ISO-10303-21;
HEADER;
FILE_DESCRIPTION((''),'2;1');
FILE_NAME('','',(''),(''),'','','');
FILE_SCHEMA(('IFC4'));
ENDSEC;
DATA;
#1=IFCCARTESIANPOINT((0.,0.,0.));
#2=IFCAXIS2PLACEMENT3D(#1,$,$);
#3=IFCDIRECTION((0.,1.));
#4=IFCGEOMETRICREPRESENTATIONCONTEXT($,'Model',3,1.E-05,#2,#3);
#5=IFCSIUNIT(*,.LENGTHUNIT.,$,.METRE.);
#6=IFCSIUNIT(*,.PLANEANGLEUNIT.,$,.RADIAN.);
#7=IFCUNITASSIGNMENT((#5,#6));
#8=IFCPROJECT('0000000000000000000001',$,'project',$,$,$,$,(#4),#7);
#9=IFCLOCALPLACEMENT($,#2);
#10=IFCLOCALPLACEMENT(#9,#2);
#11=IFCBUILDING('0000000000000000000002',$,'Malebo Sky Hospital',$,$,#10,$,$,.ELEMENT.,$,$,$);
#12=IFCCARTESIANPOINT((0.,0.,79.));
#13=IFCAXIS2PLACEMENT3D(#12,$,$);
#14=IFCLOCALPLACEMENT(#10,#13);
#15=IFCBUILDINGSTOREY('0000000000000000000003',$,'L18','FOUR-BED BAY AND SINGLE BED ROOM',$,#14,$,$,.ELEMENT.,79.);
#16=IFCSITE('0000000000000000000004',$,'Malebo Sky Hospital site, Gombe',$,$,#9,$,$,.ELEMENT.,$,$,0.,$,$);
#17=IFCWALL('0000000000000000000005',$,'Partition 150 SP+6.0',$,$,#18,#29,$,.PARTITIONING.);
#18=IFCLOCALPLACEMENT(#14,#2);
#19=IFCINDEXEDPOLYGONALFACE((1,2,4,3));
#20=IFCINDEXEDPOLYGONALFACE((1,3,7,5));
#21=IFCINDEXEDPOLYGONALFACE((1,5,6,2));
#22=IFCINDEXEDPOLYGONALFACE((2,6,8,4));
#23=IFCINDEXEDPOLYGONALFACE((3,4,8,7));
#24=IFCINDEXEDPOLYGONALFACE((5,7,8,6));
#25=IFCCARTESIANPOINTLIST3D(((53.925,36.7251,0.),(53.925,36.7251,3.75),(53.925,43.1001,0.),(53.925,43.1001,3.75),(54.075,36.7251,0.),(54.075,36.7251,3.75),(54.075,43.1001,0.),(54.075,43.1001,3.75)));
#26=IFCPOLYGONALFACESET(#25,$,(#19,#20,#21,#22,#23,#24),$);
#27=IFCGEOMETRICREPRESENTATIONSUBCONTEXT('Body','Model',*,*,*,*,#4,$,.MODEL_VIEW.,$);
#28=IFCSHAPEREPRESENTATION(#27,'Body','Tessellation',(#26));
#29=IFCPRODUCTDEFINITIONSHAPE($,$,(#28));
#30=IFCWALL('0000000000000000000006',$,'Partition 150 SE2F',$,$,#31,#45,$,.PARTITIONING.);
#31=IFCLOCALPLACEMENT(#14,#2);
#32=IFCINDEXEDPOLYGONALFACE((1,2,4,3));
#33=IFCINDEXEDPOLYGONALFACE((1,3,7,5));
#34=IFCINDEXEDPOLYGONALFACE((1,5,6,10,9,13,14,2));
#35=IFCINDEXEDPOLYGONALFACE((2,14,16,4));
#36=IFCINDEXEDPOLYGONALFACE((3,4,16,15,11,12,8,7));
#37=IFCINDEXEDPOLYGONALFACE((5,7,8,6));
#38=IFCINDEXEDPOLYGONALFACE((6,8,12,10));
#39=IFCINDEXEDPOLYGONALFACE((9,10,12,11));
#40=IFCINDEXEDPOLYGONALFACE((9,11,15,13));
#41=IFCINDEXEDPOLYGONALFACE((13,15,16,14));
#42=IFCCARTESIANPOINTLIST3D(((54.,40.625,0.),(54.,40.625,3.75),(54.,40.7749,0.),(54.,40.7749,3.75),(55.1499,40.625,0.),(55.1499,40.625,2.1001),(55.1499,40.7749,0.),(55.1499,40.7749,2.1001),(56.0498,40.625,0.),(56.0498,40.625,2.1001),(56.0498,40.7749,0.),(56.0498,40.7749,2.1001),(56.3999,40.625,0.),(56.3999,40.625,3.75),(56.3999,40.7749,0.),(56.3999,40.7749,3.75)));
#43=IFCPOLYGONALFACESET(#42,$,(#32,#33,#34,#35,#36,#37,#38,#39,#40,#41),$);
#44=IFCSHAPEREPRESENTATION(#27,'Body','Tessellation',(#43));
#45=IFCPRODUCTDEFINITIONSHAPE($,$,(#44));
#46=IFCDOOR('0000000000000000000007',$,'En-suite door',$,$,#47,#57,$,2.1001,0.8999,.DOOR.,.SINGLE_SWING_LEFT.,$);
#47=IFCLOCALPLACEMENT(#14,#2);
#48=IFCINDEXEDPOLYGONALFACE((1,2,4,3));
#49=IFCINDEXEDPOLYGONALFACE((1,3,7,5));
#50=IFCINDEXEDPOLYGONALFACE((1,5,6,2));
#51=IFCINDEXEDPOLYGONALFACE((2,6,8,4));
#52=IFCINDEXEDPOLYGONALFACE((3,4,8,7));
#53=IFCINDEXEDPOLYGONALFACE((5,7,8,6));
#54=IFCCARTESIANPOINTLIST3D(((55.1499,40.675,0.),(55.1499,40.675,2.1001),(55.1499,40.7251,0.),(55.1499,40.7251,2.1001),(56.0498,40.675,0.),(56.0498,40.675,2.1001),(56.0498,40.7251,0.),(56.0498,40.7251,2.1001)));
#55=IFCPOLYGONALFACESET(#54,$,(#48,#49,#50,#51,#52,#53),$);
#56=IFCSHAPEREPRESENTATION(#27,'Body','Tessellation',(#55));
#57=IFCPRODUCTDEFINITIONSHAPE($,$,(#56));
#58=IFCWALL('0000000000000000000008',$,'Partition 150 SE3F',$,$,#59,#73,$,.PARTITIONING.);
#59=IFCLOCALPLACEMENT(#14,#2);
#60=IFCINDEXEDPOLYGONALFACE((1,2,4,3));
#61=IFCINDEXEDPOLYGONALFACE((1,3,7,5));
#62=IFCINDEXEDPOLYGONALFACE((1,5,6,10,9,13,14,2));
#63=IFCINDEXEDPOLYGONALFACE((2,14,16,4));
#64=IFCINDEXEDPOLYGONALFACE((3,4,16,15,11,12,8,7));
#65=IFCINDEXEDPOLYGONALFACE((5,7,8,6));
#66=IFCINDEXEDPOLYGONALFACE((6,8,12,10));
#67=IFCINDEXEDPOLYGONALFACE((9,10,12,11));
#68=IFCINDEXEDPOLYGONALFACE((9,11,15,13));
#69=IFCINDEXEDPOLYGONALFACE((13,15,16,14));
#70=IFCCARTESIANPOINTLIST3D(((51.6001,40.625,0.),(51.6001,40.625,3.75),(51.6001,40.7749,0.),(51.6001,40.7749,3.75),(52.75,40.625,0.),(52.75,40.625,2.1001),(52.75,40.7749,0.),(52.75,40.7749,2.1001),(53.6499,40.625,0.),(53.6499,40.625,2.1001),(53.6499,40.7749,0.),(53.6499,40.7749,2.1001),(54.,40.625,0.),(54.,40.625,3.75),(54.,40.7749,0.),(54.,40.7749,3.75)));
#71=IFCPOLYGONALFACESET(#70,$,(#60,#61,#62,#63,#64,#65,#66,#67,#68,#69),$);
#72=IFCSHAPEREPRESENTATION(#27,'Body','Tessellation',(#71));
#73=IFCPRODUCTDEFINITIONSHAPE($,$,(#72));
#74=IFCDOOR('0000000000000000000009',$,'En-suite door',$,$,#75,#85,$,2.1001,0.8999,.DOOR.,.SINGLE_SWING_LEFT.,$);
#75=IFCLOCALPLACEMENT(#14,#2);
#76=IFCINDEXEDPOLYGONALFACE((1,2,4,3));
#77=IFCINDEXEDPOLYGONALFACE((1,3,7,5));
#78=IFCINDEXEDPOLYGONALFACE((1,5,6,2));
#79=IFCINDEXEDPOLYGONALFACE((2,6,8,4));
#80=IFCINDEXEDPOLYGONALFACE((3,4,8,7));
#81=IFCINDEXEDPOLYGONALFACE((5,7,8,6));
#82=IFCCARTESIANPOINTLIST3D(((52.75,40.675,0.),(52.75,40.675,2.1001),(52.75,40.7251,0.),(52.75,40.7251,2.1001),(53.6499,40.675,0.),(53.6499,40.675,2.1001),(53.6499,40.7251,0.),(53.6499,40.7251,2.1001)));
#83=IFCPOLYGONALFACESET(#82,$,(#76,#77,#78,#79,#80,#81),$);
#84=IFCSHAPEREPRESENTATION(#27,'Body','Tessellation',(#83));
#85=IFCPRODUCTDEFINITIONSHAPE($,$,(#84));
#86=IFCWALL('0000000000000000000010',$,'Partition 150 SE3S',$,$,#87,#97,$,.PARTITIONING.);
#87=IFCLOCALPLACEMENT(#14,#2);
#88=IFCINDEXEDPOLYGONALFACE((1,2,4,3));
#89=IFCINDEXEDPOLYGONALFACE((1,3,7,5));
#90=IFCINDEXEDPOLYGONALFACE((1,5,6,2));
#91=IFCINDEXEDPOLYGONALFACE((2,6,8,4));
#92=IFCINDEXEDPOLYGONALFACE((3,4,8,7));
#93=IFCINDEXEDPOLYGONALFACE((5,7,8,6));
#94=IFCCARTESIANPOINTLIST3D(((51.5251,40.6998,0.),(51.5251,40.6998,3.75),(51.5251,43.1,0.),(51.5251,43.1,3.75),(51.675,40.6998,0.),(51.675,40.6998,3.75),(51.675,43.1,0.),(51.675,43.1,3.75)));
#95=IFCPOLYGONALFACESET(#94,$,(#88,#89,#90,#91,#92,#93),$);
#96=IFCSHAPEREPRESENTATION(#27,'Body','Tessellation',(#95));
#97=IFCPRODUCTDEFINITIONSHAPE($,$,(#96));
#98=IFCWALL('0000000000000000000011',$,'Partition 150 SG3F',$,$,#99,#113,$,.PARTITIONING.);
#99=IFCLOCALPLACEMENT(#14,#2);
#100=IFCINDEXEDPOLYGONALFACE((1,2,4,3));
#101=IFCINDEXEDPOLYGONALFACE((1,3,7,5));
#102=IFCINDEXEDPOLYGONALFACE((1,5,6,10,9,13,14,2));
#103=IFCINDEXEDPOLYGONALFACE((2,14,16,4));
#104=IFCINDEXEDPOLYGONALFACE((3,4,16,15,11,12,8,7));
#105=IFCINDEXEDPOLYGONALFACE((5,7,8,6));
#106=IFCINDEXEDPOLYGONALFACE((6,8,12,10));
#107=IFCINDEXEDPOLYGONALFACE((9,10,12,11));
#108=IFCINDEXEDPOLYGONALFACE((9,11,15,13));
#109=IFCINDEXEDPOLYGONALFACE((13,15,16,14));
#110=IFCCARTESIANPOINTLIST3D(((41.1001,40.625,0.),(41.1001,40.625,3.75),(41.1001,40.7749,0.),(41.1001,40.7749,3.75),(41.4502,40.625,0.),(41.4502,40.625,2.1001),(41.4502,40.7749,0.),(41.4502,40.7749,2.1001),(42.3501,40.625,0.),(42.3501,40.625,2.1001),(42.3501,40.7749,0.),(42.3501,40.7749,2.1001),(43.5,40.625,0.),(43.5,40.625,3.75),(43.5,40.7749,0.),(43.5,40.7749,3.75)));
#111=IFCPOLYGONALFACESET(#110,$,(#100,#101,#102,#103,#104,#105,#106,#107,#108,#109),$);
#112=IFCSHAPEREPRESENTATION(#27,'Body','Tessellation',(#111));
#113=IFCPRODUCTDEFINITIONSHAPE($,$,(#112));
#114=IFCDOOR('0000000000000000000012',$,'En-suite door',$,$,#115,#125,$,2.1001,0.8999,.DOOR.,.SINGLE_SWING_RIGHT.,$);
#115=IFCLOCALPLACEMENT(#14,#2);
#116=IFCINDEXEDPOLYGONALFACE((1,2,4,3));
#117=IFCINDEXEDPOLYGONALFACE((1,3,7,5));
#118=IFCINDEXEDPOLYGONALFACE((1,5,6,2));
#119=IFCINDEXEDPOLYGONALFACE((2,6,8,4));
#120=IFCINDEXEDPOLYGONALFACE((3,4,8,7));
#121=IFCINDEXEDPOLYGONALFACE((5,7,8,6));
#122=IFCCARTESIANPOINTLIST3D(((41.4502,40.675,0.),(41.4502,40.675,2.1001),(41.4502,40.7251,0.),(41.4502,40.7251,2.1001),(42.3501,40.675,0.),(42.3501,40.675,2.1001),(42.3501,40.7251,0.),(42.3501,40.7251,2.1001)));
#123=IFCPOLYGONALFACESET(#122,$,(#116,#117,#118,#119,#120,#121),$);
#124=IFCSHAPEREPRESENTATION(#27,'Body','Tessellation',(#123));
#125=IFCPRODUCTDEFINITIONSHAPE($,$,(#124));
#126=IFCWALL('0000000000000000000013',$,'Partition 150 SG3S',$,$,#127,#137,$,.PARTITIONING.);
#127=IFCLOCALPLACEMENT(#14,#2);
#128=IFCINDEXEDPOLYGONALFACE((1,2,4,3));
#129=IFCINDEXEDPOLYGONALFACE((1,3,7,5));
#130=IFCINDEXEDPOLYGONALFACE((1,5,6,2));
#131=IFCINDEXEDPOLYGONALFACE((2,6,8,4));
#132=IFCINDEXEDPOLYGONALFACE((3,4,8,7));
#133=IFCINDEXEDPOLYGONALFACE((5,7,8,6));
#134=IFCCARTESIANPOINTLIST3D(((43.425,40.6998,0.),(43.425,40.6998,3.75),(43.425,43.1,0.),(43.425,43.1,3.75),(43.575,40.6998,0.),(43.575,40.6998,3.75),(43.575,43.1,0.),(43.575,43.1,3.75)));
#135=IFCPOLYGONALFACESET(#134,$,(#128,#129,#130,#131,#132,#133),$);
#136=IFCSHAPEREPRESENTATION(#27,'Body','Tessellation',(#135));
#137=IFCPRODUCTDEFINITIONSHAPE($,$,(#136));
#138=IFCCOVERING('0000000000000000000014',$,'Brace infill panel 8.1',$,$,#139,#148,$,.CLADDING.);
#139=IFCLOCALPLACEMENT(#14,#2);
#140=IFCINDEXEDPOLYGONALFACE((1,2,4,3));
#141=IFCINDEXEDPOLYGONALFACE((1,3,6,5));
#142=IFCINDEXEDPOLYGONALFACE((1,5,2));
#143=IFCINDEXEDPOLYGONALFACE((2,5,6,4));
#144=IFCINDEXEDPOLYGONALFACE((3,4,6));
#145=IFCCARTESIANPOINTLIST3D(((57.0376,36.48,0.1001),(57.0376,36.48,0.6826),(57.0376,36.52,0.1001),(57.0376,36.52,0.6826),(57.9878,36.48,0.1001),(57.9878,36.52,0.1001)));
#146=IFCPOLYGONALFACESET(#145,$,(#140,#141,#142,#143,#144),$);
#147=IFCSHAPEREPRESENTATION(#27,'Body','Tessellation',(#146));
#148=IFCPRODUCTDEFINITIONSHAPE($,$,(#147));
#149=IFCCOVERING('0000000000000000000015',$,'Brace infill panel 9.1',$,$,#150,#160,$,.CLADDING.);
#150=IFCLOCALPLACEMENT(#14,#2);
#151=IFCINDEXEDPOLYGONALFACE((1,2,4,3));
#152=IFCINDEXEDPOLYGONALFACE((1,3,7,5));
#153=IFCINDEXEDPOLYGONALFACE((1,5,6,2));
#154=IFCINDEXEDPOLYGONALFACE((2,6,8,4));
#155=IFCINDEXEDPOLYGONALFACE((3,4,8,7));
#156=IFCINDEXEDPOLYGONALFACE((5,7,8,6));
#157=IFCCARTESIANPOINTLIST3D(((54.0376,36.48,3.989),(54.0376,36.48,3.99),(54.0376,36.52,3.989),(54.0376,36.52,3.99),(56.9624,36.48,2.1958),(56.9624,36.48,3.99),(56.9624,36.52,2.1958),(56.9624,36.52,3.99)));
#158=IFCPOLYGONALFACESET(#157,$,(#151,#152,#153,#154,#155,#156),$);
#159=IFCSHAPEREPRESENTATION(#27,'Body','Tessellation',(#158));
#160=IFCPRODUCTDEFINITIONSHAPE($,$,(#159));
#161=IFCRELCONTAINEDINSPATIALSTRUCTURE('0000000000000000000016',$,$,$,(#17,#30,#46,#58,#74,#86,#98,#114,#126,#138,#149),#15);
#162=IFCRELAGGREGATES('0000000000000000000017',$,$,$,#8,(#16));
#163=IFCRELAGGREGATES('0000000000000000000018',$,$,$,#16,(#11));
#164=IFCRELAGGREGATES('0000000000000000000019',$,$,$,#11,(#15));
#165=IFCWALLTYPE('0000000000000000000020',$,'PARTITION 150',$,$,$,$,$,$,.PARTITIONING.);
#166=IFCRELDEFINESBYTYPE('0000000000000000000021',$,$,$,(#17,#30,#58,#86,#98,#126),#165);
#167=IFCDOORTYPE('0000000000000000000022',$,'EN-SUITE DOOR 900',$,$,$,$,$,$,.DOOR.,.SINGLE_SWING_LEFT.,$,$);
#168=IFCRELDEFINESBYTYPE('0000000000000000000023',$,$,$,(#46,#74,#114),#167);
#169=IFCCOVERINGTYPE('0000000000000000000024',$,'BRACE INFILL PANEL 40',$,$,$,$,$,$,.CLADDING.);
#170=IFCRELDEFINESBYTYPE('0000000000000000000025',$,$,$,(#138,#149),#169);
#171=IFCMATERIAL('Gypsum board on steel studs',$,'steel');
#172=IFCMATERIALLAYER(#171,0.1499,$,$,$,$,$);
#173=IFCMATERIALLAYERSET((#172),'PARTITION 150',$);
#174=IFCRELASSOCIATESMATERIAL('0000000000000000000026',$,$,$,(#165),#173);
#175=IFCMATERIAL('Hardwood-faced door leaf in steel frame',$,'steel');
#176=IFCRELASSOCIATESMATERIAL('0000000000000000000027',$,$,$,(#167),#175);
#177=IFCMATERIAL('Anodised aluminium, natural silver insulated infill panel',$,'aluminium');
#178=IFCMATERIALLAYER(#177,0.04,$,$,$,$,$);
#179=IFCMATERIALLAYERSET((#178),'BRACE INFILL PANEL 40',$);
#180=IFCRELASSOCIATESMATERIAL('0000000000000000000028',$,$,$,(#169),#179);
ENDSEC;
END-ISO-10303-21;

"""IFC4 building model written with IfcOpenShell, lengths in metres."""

from ifc_helpers import new_model, si_unit, direction, frame, frame_2d, origin, place, context, subcontext, project, spatial, polyline, rectangle, outline, extrude, material, layer, layer_set, type_object, element, fill, save


model = new_model("IFC4")

# Units and contexts
model_context = context("Model", 3, precision=1e-05, world=origin(), true_north=direction((0.0, 1.0)))
body_context = subcontext(model_context, "Body", "Model", "MODEL_VIEW")
ifc_project = project(units=[si_unit("LENGTHUNIT", "METRE"), si_unit("PLANEANGLEUNIT", "RADIAN")], contexts=[model_context])

# Site, building, storey
site_placement = place(None, origin())
site = spatial("IfcSite", under=ifc_project, at=site_placement, Name="Malebo Sky Hospital site, Gombe", CompositionType="ELEMENT", RefElevation=0.0)
building_placement = place(site_placement, origin())
building = spatial("IfcBuilding", under=site, at=building_placement, Name="Malebo Sky Hospital", CompositionType="ELEMENT")
storey_placement = place(building_placement, frame((0.0, 0.0, 79.0)))
storey = spatial("IfcBuildingStorey", under=building, at=storey_placement, Name="L18", Description="FOUR-BED BAY AND SINGLE BED ROOM", CompositionType="ELEMENT", Elevation=79.0)

# Wall
ifc_material_1 = material(Name="Gypsum board on steel studs", Category="steel")
ifc_layer_1 = layer(ifc_material_1, 0.1499)
ifc_layer_set_1 = layer_set([ifc_layer_1], Name="PARTITION 150")
wall_type = type_object("IfcWallType", Name="PARTITION 150", PredefinedType="PARTITIONING", material=ifc_layer_set_1)
wall_1_placement = place(storey_placement, frame((54.0, 43.1001, 0.0), z_axis=(0.0, 0.0, 1.0), x_axis=(0.0, -1.0, 0.0)))
element("IfcWall", 1, at=wall_1_placement, inside=storey, type_object=wall_type, Name="Partition 150 SP+6.0", PredefinedType="PARTITIONING", context=body_context, shape_type="SweptSolid", body=[
    extrude(rectangle(XDim=6.375, YDim=0.1499, at=frame_2d((3.1875, 0.0))), origin(), (0.0, 0.0, 1.0), 3.75),
])

# Walls, openings, doors
wall_2_placement = place(storey_placement, frame((56.3999, 40.7, 0.0), z_axis=(0.0, 0.0, 1.0), x_axis=(-1.0, 0.0, 0.0)))
wall_2 = element("IfcWall", 2, at=wall_2_placement, inside=storey, type_object=wall_type, Name="Partition 150 SE2F", PredefinedType="PARTITIONING", context=body_context, shape_type="SweptSolid", body=[
    extrude(rectangle(XDim=2.3999, YDim=0.1499, at=frame_2d((1.2, 0.0))), origin(), (0.0, 0.0, 1.0), 3.75),
])
opening_1_placement = place(wall_2_placement, frame((0.3501, 0.0, 0.0)))
opening_1 = element("IfcOpeningElement", 3, at=opening_1_placement, cuts=wall_2, PredefinedType="OPENING", context=body_context, shape_type="SweptSolid", body=[
    extrude(rectangle(XDim=0.8999, YDim=2.1001, at=frame_2d((0.45, 1.05))), frame((0.0, 0.085, 0.0), z_axis=(0.0, -1.0, 0.0), x_axis=(1.0, 0.0, 0.0)), (0.0, 0.0, 1.0), 0.1699),
])
ifc_material_2 = material(Name="Hardwood-faced door leaf in steel frame", Category="steel")
door_type = type_object("IfcDoorType", Name="EN-SUITE DOOR 900", OperationType="SINGLE_SWING_LEFT", PredefinedType="DOOR", material=ifc_material_2)
door_1_placement = place(opening_1_placement, origin())
door_1 = element("IfcDoor", 4, at=door_1_placement, inside=storey, type_object=door_type, Name="En-suite door", OperationType="SINGLE_SWING_LEFT", OverallHeight=2.1001, OverallWidth=0.8999, PredefinedType="DOOR", context=body_context, shape_type="SweptSolid", body=[
    extrude(rectangle(XDim=0.8999, YDim=2.1001, at=frame_2d((0.45, 1.05))), frame((0.0, 0.0249, 0.0), z_axis=(0.0, -1.0, 0.0), x_axis=(1.0, 0.0, 0.0)), (0.0, 0.0, 1.0), 0.05),
])
fill(opening_1, door_1)
wall_3_placement = place(storey_placement, frame((54.0, 40.7, 0.0), z_axis=(0.0, 0.0, 1.0), x_axis=(-1.0, 0.0, 0.0)))
wall_3 = element("IfcWall", 5, at=wall_3_placement, inside=storey, type_object=wall_type, Name="Partition 150 SE3F", PredefinedType="PARTITIONING", context=body_context, shape_type="SweptSolid", body=[
    extrude(rectangle(XDim=2.3999, YDim=0.1499, at=frame_2d((1.2, 0.0))), origin(), (0.0, 0.0, 1.0), 3.75),
])
opening_2_placement = place(wall_3_placement, frame((0.3501, 0.0, 0.0)))
opening_2 = element("IfcOpeningElement", 6, at=opening_2_placement, cuts=wall_3, PredefinedType="OPENING", context=body_context, shape_type="SweptSolid", body=[
    extrude(rectangle(XDim=0.8999, YDim=2.1001, at=frame_2d((0.45, 1.05))), frame((0.0, 0.085, 0.0), z_axis=(0.0, -1.0, 0.0), x_axis=(1.0, 0.0, 0.0)), (0.0, 0.0, 1.0), 0.1699),
])
door_2_placement = place(opening_2_placement, origin())
door_2 = element("IfcDoor", 7, at=door_2_placement, inside=storey, type_object=door_type, Name="En-suite door", OperationType="SINGLE_SWING_LEFT", OverallHeight=2.1001, OverallWidth=0.8999, PredefinedType="DOOR", context=body_context, shape_type="SweptSolid", body=[
    extrude(rectangle(XDim=0.8999, YDim=2.1001, at=frame_2d((0.45, 1.05))), frame((0.0, 0.0249, 0.0), z_axis=(0.0, -1.0, 0.0), x_axis=(1.0, 0.0, 0.0)), (0.0, 0.0, 1.0), 0.05),
])
fill(opening_2, door_2)

# Wall
wall_4_placement = place(storey_placement, frame((51.6001, 43.1001, 0.0), z_axis=(0.0, 0.0, 1.0), x_axis=(0.0, -1.0, 0.0)))
element("IfcWall", 8, at=wall_4_placement, inside=storey, type_object=wall_type, Name="Partition 150 SE3S", PredefinedType="PARTITIONING", context=body_context, shape_type="SweptSolid", body=[
    extrude(rectangle(XDim=2.4001, YDim=0.1499, at=frame_2d((1.2002, 0.0))), origin(), (0.0, 0.0, 1.0), 3.75),
])

# Wall, opening, door
wall_5_placement = place(storey_placement, frame((43.5, 40.7, 0.0), z_axis=(0.0, 0.0, 1.0), x_axis=(-1.0, 0.0, 0.0)))
wall_5 = element("IfcWall", 9, at=wall_5_placement, inside=storey, type_object=wall_type, Name="Partition 150 SG3F", PredefinedType="PARTITIONING", context=body_context, shape_type="SweptSolid", body=[
    extrude(rectangle(XDim=2.3999, YDim=0.1499, at=frame_2d((1.2, 0.0))), origin(), (0.0, 0.0, 1.0), 3.75),
])
opening_3_placement = place(wall_5_placement, frame((1.1499, 0.0, 0.0)))
opening_3 = element("IfcOpeningElement", 10, at=opening_3_placement, cuts=wall_5, PredefinedType="OPENING", context=body_context, shape_type="SweptSolid", body=[
    extrude(rectangle(XDim=0.8999, YDim=2.1001, at=frame_2d((0.45, 1.05))), frame((0.0, 0.085, 0.0), z_axis=(0.0, -1.0, 0.0), x_axis=(1.0, 0.0, 0.0)), (0.0, 0.0, 1.0), 0.1699),
])
door_3_placement = place(opening_3_placement, origin())
door_3 = element("IfcDoor", 11, at=door_3_placement, inside=storey, type_object=door_type, Name="En-suite door", OperationType="SINGLE_SWING_RIGHT", OverallHeight=2.1001, OverallWidth=0.8999, PredefinedType="DOOR", context=body_context, shape_type="SweptSolid", body=[
    extrude(rectangle(XDim=0.8999, YDim=2.1001, at=frame_2d((0.45, 1.05))), frame((0.0, 0.0249, 0.0), z_axis=(0.0, -1.0, 0.0), x_axis=(1.0, 0.0, 0.0)), (0.0, 0.0, 1.0), 0.05),
])
fill(opening_3, door_3)

# Wall
wall_6_placement = place(storey_placement, frame((43.5, 43.1001, 0.0), z_axis=(0.0, 0.0, 1.0), x_axis=(0.0, -1.0, 0.0)))
element("IfcWall", 12, at=wall_6_placement, inside=storey, type_object=wall_type, Name="Partition 150 SG3S", PredefinedType="PARTITIONING", context=body_context, shape_type="SweptSolid", body=[
    extrude(rectangle(XDim=2.4001, YDim=0.1499, at=frame_2d((1.2002, 0.0))), origin(), (0.0, 0.0, 1.0), 3.75),
])

# Coverings
ifc_material_3 = material(Name="Anodised aluminium, natural silver insulated infill panel", Category="aluminium")
ifc_layer_2 = layer(ifc_material_3, 0.04)
ifc_layer_set_2 = layer_set([ifc_layer_2], Name="BRACE INFILL PANEL 40")
covering_type = type_object("IfcCoveringType", Name="BRACE INFILL PANEL 40", PredefinedType="CLADDING", material=ifc_layer_set_2)
covering_1_placement = place(storey_placement, frame((57.5127, 36.5, 0.1001), z_axis=(0.0, 0.0, 1.0), x_axis=(-1.0, 0.0, 0.0)))
element("IfcCovering", 13, at=covering_1_placement, inside=storey, type_object=covering_type, Name="Brace infill panel 8.1", PredefinedType="CLADDING", context=body_context, shape_type="SweptSolid", body=[
    extrude(outline(polyline([(-0.4751, 0.0), (0.4751, 0.0), (0.4751, 0.5825), (-0.4751, 0.0)])), frame((0.0, 0.02, 0.0), z_axis=(0.0, -1.0, 0.0), x_axis=(1.0, 0.0, 0.0)), (0.0, 0.0, 1.0), 0.04),
])
covering_2_placement = place(storey_placement, frame((55.5, 36.5, 2.1958), z_axis=(0.0, 0.0, 1.0), x_axis=(-1.0, 0.0, 0.0)))
element("IfcCovering", 14, at=covering_2_placement, inside=storey, type_object=covering_type, Name="Brace infill panel 9.1", PredefinedType="CLADDING", context=body_context, shape_type="SweptSolid", body=[
    extrude(outline(polyline([(-1.4624, 0.0), (1.4624, 1.7932), (1.4624, 1.7942), (-1.4624, 1.7942), (-1.4624, 0.0)])), frame((0.0, 0.02, 0.0), z_axis=(0.0, -1.0, 0.0), x_axis=(1.0, 0.0, 0.0)), (0.0, 0.0, 1.0), 0.04),
])

save(model, "model.ifc")
